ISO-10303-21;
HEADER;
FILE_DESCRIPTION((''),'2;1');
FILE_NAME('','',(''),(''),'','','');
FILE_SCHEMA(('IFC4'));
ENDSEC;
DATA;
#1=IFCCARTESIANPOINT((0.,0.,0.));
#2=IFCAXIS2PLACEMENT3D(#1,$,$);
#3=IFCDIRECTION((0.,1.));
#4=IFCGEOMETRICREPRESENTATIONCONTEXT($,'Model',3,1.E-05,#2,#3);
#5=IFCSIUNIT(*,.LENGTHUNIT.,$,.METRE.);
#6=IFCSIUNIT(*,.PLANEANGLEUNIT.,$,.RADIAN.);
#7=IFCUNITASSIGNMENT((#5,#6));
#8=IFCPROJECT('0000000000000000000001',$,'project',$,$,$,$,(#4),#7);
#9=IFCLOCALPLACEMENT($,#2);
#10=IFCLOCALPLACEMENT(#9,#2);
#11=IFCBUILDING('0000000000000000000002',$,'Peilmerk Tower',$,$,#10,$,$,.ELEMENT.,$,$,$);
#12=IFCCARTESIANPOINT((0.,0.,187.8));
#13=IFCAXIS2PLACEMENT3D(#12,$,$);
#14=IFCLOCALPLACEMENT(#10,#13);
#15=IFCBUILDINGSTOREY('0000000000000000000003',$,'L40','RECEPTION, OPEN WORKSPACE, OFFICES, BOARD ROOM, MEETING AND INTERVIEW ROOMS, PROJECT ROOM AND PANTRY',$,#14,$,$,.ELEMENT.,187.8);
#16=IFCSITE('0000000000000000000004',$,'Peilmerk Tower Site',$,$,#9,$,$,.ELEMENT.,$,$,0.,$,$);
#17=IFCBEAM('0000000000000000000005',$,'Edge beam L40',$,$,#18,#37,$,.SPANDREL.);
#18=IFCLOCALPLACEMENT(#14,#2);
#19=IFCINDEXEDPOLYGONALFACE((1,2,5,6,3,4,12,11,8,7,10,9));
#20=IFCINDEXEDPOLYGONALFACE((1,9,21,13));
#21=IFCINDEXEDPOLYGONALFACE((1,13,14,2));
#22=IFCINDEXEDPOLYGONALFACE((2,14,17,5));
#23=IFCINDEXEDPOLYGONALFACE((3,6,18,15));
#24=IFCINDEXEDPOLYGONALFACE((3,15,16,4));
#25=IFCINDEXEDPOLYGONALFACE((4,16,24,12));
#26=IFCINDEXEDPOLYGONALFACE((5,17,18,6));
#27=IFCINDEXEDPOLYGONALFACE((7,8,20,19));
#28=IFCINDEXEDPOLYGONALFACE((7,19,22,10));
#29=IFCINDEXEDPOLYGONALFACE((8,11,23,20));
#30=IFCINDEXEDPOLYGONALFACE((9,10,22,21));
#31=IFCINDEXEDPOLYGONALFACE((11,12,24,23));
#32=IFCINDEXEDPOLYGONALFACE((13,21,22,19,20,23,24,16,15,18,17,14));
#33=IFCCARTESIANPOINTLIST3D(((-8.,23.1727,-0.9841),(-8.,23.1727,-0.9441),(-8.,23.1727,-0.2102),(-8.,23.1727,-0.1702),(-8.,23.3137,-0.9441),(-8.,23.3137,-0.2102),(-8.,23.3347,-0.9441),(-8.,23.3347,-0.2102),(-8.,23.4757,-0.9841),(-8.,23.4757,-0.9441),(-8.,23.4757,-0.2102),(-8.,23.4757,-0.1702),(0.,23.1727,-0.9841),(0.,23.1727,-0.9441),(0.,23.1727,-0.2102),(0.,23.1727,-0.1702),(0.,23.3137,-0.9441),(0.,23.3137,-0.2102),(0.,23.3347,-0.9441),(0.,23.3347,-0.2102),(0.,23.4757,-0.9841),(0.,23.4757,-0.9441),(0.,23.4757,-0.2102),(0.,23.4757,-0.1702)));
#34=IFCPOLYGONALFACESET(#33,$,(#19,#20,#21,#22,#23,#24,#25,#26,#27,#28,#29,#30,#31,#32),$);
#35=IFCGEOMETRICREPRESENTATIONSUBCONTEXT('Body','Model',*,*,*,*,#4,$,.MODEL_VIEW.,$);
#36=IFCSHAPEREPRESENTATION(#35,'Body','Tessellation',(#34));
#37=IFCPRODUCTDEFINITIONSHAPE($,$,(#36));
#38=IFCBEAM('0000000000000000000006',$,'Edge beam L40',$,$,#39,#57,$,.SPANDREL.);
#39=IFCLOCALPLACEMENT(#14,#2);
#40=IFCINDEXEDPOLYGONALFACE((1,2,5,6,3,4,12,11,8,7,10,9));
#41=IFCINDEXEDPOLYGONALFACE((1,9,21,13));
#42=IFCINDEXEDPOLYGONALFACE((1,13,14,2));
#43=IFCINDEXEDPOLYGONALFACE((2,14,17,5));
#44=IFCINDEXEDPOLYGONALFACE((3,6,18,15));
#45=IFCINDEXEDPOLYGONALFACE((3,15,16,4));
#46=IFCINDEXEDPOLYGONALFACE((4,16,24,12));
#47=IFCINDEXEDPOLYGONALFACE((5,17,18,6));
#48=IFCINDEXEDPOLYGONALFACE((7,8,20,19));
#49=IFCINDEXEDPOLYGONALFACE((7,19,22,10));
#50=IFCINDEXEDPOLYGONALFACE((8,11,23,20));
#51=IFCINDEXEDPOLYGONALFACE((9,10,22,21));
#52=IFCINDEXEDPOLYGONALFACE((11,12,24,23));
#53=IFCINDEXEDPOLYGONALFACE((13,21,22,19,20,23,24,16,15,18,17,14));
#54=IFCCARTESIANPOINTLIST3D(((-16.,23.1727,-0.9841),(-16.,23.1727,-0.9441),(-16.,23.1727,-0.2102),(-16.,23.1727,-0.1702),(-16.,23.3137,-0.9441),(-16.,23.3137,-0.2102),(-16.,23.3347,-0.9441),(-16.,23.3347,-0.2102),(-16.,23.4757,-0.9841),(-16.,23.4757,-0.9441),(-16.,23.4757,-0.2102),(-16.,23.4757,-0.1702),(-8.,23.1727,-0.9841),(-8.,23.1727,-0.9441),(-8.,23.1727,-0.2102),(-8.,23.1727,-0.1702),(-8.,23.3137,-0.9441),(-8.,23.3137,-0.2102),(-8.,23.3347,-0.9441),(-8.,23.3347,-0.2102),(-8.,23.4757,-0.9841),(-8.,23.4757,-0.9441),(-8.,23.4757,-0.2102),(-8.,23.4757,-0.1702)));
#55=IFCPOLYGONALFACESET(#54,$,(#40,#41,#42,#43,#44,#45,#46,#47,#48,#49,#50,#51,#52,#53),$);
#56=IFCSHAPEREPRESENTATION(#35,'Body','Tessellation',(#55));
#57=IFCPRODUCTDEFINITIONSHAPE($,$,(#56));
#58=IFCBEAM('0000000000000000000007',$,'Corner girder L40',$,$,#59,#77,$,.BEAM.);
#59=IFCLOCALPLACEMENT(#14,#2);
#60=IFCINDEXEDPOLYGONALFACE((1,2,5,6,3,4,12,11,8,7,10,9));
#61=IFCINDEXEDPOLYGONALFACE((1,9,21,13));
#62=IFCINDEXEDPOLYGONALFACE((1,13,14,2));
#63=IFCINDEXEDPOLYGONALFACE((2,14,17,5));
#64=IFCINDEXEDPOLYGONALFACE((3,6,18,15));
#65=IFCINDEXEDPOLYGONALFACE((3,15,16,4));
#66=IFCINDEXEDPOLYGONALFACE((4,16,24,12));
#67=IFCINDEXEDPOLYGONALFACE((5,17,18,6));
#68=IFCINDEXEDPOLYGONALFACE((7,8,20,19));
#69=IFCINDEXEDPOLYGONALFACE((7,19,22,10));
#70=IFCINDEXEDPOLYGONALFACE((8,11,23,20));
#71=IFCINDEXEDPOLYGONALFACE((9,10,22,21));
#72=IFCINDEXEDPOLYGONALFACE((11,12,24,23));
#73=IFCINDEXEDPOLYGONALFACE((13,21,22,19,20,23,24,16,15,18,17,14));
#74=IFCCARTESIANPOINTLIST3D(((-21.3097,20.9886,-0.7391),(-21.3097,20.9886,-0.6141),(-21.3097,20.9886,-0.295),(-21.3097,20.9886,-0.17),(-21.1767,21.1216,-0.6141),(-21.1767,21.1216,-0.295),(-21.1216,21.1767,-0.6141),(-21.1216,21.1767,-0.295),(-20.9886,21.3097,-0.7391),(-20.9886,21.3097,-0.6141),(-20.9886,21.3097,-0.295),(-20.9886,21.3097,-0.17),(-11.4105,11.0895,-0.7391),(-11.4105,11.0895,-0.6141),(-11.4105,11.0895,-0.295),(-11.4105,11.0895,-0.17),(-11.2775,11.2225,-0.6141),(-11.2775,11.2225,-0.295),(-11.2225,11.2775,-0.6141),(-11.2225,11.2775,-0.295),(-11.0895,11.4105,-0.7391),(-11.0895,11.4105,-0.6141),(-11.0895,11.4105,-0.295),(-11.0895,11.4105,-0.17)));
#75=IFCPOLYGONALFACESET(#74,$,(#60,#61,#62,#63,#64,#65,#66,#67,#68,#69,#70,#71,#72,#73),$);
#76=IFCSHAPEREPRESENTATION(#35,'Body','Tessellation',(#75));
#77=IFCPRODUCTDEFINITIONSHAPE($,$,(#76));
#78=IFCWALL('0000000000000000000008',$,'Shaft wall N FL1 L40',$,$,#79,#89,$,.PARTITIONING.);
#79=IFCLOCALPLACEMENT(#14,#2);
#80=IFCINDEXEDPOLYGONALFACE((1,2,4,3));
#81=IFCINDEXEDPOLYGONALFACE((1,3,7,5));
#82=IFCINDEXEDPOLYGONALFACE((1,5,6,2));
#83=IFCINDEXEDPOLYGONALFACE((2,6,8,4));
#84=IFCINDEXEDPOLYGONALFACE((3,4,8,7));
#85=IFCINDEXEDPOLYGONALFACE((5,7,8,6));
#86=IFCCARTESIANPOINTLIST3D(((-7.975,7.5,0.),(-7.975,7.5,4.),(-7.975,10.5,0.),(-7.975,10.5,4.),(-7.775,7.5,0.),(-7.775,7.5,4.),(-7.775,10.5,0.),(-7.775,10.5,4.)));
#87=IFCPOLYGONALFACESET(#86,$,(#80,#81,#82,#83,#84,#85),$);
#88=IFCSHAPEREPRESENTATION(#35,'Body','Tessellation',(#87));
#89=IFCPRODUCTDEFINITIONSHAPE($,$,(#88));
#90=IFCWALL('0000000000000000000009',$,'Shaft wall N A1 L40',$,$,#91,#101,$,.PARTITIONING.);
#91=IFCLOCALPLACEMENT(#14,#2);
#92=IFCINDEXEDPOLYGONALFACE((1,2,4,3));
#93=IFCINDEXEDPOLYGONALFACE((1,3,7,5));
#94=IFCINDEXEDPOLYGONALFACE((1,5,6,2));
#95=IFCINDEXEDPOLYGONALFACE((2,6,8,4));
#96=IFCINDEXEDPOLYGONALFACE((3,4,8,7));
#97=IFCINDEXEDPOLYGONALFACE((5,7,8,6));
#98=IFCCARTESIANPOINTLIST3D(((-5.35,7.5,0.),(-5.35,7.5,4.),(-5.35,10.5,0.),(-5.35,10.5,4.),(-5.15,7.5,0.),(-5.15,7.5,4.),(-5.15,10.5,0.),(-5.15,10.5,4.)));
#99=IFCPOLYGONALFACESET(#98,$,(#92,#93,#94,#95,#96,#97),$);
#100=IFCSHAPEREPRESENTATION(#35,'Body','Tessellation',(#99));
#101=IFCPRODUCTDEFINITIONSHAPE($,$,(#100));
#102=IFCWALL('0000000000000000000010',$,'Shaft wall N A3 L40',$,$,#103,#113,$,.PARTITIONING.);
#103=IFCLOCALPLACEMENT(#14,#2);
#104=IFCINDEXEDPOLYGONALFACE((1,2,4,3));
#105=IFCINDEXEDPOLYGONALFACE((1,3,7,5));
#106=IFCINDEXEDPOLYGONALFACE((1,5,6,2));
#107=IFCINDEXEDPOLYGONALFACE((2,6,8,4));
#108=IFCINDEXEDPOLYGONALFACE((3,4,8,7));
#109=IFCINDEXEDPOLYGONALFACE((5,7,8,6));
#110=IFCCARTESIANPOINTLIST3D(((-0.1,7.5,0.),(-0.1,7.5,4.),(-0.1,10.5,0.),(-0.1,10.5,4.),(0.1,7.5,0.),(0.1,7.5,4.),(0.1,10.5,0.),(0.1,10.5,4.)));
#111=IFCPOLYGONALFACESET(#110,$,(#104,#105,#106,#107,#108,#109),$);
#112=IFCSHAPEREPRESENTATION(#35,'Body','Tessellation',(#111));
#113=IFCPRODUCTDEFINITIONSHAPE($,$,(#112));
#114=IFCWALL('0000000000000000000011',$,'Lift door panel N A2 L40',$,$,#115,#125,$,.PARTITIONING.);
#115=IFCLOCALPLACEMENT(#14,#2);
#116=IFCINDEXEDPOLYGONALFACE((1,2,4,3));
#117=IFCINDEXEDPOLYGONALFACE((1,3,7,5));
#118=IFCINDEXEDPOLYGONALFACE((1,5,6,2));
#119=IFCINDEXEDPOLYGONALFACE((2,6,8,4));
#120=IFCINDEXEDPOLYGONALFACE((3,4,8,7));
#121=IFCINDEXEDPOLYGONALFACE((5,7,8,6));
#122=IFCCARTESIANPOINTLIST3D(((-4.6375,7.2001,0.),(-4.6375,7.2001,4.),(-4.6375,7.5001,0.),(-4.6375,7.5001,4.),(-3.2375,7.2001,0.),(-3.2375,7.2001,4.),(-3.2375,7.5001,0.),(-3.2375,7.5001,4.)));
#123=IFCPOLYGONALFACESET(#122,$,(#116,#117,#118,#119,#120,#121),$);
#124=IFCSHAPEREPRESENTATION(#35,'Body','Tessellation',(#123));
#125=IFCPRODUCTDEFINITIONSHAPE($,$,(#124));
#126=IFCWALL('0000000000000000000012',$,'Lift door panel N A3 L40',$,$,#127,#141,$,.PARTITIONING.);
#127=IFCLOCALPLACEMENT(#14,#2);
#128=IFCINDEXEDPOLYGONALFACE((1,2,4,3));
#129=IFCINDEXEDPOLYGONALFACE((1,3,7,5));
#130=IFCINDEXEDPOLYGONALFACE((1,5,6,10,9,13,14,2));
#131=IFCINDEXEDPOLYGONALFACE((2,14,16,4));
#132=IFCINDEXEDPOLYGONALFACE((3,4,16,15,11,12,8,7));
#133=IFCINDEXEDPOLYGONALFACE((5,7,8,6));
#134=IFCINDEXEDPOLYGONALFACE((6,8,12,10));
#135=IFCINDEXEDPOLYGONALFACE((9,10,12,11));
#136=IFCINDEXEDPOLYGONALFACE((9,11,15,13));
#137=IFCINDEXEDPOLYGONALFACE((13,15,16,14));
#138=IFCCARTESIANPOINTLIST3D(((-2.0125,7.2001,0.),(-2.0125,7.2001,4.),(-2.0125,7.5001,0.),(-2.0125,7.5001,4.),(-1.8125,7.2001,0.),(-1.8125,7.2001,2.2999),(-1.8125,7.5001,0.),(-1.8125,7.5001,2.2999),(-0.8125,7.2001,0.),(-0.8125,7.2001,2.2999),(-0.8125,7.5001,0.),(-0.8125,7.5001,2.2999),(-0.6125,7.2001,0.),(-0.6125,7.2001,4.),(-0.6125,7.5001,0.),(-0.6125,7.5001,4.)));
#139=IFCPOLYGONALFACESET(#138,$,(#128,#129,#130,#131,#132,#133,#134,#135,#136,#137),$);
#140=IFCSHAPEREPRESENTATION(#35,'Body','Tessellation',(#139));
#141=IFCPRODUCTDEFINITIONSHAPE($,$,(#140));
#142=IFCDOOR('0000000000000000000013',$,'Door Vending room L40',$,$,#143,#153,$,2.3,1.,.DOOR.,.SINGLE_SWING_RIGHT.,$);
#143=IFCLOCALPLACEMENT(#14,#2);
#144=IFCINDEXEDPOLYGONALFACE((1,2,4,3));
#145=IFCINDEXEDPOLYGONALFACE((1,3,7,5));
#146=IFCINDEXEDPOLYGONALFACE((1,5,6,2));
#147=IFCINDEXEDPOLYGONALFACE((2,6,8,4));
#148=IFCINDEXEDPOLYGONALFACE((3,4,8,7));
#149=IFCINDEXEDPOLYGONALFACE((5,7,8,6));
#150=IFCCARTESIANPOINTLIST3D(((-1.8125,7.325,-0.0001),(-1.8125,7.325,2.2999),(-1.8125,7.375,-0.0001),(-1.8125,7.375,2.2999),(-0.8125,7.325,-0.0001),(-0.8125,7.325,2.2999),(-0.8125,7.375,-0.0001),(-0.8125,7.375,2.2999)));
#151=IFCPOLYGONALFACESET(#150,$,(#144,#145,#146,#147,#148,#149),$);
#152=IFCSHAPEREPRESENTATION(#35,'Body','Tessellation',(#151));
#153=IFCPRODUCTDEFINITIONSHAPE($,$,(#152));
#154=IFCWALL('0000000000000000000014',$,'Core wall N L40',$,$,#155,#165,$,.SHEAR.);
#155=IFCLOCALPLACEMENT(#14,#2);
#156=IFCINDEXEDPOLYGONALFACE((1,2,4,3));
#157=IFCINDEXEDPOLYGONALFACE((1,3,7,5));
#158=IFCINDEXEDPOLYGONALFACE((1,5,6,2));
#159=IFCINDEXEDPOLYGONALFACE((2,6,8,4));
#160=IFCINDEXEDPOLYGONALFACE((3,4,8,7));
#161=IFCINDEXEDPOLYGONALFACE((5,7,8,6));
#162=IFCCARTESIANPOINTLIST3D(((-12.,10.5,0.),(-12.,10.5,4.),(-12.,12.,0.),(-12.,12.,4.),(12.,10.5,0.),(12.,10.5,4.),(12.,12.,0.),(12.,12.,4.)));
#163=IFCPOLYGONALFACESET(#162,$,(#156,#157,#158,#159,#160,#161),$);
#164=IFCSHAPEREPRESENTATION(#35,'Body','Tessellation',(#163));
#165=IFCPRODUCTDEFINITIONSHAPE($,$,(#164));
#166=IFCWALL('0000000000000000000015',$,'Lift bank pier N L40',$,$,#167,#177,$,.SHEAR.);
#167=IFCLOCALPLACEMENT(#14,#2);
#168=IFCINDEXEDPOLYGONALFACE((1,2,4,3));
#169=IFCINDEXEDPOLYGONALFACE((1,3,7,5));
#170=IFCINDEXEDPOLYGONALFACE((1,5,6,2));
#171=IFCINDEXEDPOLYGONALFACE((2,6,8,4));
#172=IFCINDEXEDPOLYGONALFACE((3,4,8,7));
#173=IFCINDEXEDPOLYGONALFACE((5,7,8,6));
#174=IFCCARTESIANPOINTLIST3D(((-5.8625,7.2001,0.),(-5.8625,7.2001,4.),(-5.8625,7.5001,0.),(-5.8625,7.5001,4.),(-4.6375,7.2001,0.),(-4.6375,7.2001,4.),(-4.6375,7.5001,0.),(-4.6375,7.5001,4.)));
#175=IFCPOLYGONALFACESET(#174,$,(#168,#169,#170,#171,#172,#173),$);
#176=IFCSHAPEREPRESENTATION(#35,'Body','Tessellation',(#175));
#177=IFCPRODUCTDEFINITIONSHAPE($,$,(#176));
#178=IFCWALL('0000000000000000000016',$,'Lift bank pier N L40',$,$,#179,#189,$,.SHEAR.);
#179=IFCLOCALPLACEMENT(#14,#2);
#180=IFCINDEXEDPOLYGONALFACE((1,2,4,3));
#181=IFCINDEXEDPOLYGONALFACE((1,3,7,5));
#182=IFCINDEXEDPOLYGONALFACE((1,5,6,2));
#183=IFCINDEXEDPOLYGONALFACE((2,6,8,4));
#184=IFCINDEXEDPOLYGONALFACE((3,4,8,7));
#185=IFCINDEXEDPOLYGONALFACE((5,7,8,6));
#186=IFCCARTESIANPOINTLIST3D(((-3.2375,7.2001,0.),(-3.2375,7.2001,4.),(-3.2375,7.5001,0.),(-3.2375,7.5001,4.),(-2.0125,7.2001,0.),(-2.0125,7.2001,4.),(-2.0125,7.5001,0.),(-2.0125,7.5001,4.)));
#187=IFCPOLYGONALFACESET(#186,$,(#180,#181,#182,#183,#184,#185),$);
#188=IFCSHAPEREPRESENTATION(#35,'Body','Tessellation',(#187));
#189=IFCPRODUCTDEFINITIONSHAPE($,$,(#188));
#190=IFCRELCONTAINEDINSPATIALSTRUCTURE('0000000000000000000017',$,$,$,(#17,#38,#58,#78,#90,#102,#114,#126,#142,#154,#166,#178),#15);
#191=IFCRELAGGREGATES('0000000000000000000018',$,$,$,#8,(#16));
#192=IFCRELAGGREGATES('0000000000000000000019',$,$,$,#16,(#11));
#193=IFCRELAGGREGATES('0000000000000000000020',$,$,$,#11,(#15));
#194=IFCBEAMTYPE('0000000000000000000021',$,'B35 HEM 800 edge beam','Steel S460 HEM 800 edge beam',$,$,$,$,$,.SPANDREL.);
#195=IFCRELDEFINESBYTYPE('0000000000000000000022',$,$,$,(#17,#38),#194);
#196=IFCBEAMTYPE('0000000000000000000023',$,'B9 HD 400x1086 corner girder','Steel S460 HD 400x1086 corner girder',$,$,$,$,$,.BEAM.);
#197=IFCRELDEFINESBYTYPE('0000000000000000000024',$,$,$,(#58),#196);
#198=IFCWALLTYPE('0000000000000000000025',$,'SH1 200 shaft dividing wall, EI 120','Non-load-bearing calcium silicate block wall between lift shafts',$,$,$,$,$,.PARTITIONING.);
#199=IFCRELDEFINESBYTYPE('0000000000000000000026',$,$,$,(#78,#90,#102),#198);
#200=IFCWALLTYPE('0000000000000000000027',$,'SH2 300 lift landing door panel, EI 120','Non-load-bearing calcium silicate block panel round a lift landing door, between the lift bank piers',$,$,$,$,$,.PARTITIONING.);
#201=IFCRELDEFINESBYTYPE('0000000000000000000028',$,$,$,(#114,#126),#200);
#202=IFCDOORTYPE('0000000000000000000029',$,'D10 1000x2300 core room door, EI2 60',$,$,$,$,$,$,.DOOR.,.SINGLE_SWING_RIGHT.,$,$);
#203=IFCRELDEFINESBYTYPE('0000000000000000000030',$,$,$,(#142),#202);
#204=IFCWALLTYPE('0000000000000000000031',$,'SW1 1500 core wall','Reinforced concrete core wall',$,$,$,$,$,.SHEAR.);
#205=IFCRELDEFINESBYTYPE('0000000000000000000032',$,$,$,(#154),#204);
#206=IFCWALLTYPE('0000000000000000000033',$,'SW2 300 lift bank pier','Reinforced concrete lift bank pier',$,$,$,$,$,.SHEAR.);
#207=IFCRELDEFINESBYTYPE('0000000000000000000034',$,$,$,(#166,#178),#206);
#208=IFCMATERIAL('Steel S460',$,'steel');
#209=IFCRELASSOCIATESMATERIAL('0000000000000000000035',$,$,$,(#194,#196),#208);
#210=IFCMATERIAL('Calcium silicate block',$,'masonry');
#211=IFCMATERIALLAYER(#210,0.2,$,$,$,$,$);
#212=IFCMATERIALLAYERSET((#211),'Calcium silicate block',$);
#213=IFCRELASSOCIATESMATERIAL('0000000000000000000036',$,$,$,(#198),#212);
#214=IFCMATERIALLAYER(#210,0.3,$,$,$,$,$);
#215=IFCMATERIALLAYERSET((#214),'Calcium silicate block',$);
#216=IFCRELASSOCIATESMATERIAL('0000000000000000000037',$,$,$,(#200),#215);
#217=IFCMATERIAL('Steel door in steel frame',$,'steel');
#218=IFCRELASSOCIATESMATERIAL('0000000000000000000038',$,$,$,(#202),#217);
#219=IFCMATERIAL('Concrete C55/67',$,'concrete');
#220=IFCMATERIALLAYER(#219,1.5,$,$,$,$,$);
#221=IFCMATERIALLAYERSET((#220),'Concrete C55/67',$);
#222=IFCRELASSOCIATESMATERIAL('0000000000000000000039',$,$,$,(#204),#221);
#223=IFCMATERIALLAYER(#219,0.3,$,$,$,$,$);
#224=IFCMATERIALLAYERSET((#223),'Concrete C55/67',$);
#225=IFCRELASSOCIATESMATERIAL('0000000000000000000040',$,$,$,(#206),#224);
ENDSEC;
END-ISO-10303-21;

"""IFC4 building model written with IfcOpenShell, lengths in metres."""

from ifc_helpers import new_model, si_unit, direction, frame, frame_2d, origin, origin_2d, place, context, subcontext, project, spatial, rectangle, i_section, extrude, material, layer, layer_set, material_profile, profile_set, type_object, element, fill, save


model = new_model("IFC4")

# Units and contexts
model_context = context("Model", 3, precision=1e-05, world=origin(), true_north=direction((0.0, 1.0)))
body_context = subcontext(model_context, "Body", "Model", "MODEL_VIEW")
ifc_project = project(units=[si_unit("LENGTHUNIT", "METRE"), si_unit("PLANEANGLEUNIT", "RADIAN")], contexts=[model_context])

# Site, building, storey
site_placement = place(None, origin())
site = spatial("IfcSite", under=ifc_project, at=site_placement, Name="Peilmerk Tower Site", CompositionType="ELEMENT", RefElevation=0.0)
building_placement = place(site_placement, origin())
building = spatial("IfcBuilding", under=site, at=building_placement, Name="Peilmerk Tower", CompositionType="ELEMENT")
storey_placement = place(building_placement, frame((0.0, 0.0, 187.8)))
storey = spatial("IfcBuildingStorey", under=building, at=storey_placement, Name="L40", Description="RECEPTION, OPEN WORKSPACE, OFFICES, BOARD ROOM, MEETING AND INTERVIEW ROOMS, PROJECT ROOM AND PANTRY", CompositionType="ELEMENT", Elevation=187.8)

# Shared definitions
ifc_material_1 = material(Name="Steel S460", Category="steel")

# Beams
ifc_material_profile_1 = material_profile(ifc_material_1, i_section(OverallWidth=0.303, OverallDepth=0.814, WebThickness=0.021, FlangeThickness=0.04, at=origin_2d()), Name="HEM 800")
ifc_profile_set_1 = profile_set([ifc_material_profile_1], Name="Steel S460")
beam_type_1 = type_object("IfcBeamType", Name="B35 HEM 800 edge beam", Description="Steel S460 HEM 800 edge beam", PredefinedType="SPANDREL", material=ifc_profile_set_1)
for number, where, z_axis, x_axis, name in (
    (1, (0.0, 23.3242, -0.5771), (-1.0, 0.0, 0.0), (0.0, -1.0, 0.0), "Edge beam L40"),
    (2, (-8.0, 23.3242, -0.5771), (-1.0, 0.0, 0.0), (0.0, -1.0, 0.0), "Edge beam L40"),
):
    element("IfcBeam", number, at=place(storey_placement, frame(where, z_axis=z_axis, x_axis=x_axis)), inside=storey, type_object=beam_type_1, Name=name, PredefinedType="SPANDREL", context=body_context, shape_type="SweptSolid", body=[
        extrude(i_section(OverallWidth=0.303, OverallDepth=0.814, WebThickness=0.021, FlangeThickness=0.04, at=origin_2d()), origin(), (0.0, 0.0, 1.0), 8.0),
    ])
ifc_material_profile_2 = material_profile(ifc_material_1, i_section(OverallWidth=0.4541, OverallDepth=0.5691, WebThickness=0.0779, FlangeThickness=0.125, at=origin_2d()), Name="HD 400x1086")
ifc_profile_set_2 = profile_set([ifc_material_profile_2], Name="Steel S460")
beam_type_2 = type_object("IfcBeamType", Name="B9 HD 400x1086 corner girder", Description="Steel S460 HD 400x1086 corner girder", PredefinedType="BEAM", material=ifc_profile_set_2)
beam_placement = place(storey_placement, frame((-11.25, 11.25, -0.4546), z_axis=(-0.707107, 0.707107, 0.0), x_axis=(-0.707107, -0.707107, 0.0)))
element("IfcBeam", 3, at=beam_placement, inside=storey, type_object=beam_type_2, Name="Corner girder L40", PredefinedType="BEAM", context=body_context, shape_type="SweptSolid", body=[
    extrude(i_section(OverallWidth=0.4541, OverallDepth=0.5691, WebThickness=0.0779, FlangeThickness=0.125, at=origin_2d()), origin(), (0.0, 0.0, 1.0), 13.9995),
])

# Walls
ifc_material_2 = material(Name="Calcium silicate block", Category="masonry")
ifc_layer_1 = layer(ifc_material_2, 0.2)
ifc_layer_set_1 = layer_set([ifc_layer_1], Name="Calcium silicate block")
wall_type_1 = type_object("IfcWallType", Name="SH1 200 shaft dividing wall, EI 120", Description="Non-load-bearing calcium silicate block wall between lift shafts", PredefinedType="PARTITIONING", material=ifc_layer_set_1)
for number, where, z_axis, x_axis, name in (
    (4, (-7.875, 7.5, 0.0), (0.0, 0.0, 1.0), (0.0, 1.0, 0.0), "Shaft wall N FL1 L40"),
    (5, (-5.25, 7.5, 0.0), (0.0, 0.0, 1.0), (0.0, 1.0, 0.0), "Shaft wall N A1 L40"),
    (6, (0.0, 7.5, 0.0), (0.0, 0.0, 1.0), (0.0, 1.0, 0.0), "Shaft wall N A3 L40"),
):
    element("IfcWall", number, at=place(storey_placement, frame(where, z_axis=z_axis, x_axis=x_axis)), inside=storey, type_object=wall_type_1, Name=name, PredefinedType="PARTITIONING", context=body_context, shape_type="SweptSolid", body=[
        extrude(rectangle(XDim=3.0, YDim=0.2, at=frame_2d((1.5, 0.0))), origin(), (0.0, 0.0, 1.0), 4.0),
    ])
ifc_layer_2 = layer(ifc_material_2, 0.3)
ifc_layer_set_2 = layer_set([ifc_layer_2], Name="Calcium silicate block")
wall_type_2 = type_object("IfcWallType", Name="SH2 300 lift landing door panel, EI 120", Description="Non-load-bearing calcium silicate block panel round a lift landing door, between the lift bank piers", PredefinedType="PARTITIONING", material=ifc_layer_set_2)
wall_1_placement = place(storey_placement, frame((-4.6375, 7.3501, 0.0), z_axis=(0.0, 0.0, 1.0), x_axis=(1.0, 0.0, 0.0)))
element("IfcWall", 7, at=wall_1_placement, inside=storey, type_object=wall_type_2, Name="Lift door panel N A2 L40", PredefinedType="PARTITIONING", context=body_context, shape_type="SweptSolid", body=[
    extrude(rectangle(XDim=1.3999, YDim=0.3, at=frame_2d((0.7, 0.0))), origin(), (0.0, 0.0, 1.0), 4.0),
])

# Wall, opening, door
wall_2_placement = place(storey_placement, frame((-2.0125, 7.3501, 0.0), z_axis=(0.0, 0.0, 1.0), x_axis=(1.0, 0.0, 0.0)))
wall_2 = element("IfcWall", 8, at=wall_2_placement, inside=storey, type_object=wall_type_2, Name="Lift door panel N A3 L40", PredefinedType="PARTITIONING", context=body_context, shape_type="SweptSolid", body=[
    extrude(rectangle(XDim=1.3999, YDim=0.3, at=frame_2d((0.7, 0.0))), origin(), (0.0, 0.0, 1.0), 4.0),
])
opening_placement = place(wall_2_placement, frame((0.2, 0.0, 0.0)))
opening = element("IfcOpeningElement", 9, at=opening_placement, cuts=wall_2, PredefinedType="OPENING", context=body_context, shape_type="SweptSolid", body=[
    extrude(rectangle(XDim=1.0, YDim=2.3, at=frame_2d((0.5, 1.1499))), frame((0.0, 0.1599, 0.0), z_axis=(0.0, -1.0, 0.0), x_axis=(1.0, 0.0, 0.0)), (0.0, 0.0, 1.0), 0.3201),
])
ifc_material_3 = material(Name="Steel door in steel frame", Category="steel")
door_type = type_object("IfcDoorType", Name="D10 1000x2300 core room door, EI2 60", OperationType="SINGLE_SWING_RIGHT", PredefinedType="DOOR", material=ifc_material_3)
door_placement = place(opening_placement, origin())
door = element("IfcDoor", 10, at=door_placement, inside=storey, type_object=door_type, Name="Door Vending room L40", OperationType="SINGLE_SWING_RIGHT", OverallHeight=2.3, OverallWidth=1.0, PredefinedType="DOOR", context=body_context, shape_type="SweptSolid", body=[
    extrude(rectangle(XDim=1.0, YDim=2.3, at=frame_2d((0.5, 1.1499))), frame((0.0, 0.0249, 0.0), z_axis=(0.0, -1.0, 0.0), x_axis=(1.0, 0.0, 0.0)), (0.0, 0.0, 1.0), 0.05),
])
fill(opening, door)

# Walls
ifc_material_4 = material(Name="Concrete C55/67", Category="concrete")
ifc_layer_3 = layer(ifc_material_4, 1.5)
ifc_layer_set_3 = layer_set([ifc_layer_3], Name="Concrete C55/67")
wall_type_3 = type_object("IfcWallType", Name="SW1 1500 core wall", Description="Reinforced concrete core wall", PredefinedType="SHEAR", material=ifc_layer_set_3)
wall_3_placement = place(storey_placement, frame((-12.0, 11.25, 0.0), z_axis=(0.0, 0.0, 1.0), x_axis=(1.0, 0.0, 0.0)))
element("IfcWall", 11, at=wall_3_placement, inside=storey, type_object=wall_type_3, Name="Core wall N L40", PredefinedType="SHEAR", context=body_context, shape_type="SweptSolid", body=[
    extrude(rectangle(XDim=24.0, YDim=1.5, at=frame_2d((12.0, 0.0))), origin(), (0.0, 0.0, 1.0), 4.0),
])
ifc_layer_4 = layer(ifc_material_4, 0.3)
ifc_layer_set_4 = layer_set([ifc_layer_4], Name="Concrete C55/67")
wall_type_4 = type_object("IfcWallType", Name="SW2 300 lift bank pier", Description="Reinforced concrete lift bank pier", PredefinedType="SHEAR", material=ifc_layer_set_4)
for number, where, z_axis, x_axis, name in (
    (12, (-5.8625, 7.3501, 0.0), (0.0, 0.0, 1.0), (1.0, 0.0, 0.0), "Lift bank pier N L40"),
    (13, (-3.2375, 7.3501, 0.0), (0.0, 0.0, 1.0), (1.0, 0.0, 0.0), "Lift bank pier N L40"),
):
    element("IfcWall", number, at=place(storey_placement, frame(where, z_axis=z_axis, x_axis=x_axis)), inside=storey, type_object=wall_type_4, Name=name, PredefinedType="SHEAR", context=body_context, shape_type="SweptSolid", body=[
        extrude(rectangle(XDim=1.2251, YDim=0.3, at=frame_2d((0.6125, 0.0))), origin(), (0.0, 0.0, 1.0), 4.0),
    ])

save(model, "model.ifc")
